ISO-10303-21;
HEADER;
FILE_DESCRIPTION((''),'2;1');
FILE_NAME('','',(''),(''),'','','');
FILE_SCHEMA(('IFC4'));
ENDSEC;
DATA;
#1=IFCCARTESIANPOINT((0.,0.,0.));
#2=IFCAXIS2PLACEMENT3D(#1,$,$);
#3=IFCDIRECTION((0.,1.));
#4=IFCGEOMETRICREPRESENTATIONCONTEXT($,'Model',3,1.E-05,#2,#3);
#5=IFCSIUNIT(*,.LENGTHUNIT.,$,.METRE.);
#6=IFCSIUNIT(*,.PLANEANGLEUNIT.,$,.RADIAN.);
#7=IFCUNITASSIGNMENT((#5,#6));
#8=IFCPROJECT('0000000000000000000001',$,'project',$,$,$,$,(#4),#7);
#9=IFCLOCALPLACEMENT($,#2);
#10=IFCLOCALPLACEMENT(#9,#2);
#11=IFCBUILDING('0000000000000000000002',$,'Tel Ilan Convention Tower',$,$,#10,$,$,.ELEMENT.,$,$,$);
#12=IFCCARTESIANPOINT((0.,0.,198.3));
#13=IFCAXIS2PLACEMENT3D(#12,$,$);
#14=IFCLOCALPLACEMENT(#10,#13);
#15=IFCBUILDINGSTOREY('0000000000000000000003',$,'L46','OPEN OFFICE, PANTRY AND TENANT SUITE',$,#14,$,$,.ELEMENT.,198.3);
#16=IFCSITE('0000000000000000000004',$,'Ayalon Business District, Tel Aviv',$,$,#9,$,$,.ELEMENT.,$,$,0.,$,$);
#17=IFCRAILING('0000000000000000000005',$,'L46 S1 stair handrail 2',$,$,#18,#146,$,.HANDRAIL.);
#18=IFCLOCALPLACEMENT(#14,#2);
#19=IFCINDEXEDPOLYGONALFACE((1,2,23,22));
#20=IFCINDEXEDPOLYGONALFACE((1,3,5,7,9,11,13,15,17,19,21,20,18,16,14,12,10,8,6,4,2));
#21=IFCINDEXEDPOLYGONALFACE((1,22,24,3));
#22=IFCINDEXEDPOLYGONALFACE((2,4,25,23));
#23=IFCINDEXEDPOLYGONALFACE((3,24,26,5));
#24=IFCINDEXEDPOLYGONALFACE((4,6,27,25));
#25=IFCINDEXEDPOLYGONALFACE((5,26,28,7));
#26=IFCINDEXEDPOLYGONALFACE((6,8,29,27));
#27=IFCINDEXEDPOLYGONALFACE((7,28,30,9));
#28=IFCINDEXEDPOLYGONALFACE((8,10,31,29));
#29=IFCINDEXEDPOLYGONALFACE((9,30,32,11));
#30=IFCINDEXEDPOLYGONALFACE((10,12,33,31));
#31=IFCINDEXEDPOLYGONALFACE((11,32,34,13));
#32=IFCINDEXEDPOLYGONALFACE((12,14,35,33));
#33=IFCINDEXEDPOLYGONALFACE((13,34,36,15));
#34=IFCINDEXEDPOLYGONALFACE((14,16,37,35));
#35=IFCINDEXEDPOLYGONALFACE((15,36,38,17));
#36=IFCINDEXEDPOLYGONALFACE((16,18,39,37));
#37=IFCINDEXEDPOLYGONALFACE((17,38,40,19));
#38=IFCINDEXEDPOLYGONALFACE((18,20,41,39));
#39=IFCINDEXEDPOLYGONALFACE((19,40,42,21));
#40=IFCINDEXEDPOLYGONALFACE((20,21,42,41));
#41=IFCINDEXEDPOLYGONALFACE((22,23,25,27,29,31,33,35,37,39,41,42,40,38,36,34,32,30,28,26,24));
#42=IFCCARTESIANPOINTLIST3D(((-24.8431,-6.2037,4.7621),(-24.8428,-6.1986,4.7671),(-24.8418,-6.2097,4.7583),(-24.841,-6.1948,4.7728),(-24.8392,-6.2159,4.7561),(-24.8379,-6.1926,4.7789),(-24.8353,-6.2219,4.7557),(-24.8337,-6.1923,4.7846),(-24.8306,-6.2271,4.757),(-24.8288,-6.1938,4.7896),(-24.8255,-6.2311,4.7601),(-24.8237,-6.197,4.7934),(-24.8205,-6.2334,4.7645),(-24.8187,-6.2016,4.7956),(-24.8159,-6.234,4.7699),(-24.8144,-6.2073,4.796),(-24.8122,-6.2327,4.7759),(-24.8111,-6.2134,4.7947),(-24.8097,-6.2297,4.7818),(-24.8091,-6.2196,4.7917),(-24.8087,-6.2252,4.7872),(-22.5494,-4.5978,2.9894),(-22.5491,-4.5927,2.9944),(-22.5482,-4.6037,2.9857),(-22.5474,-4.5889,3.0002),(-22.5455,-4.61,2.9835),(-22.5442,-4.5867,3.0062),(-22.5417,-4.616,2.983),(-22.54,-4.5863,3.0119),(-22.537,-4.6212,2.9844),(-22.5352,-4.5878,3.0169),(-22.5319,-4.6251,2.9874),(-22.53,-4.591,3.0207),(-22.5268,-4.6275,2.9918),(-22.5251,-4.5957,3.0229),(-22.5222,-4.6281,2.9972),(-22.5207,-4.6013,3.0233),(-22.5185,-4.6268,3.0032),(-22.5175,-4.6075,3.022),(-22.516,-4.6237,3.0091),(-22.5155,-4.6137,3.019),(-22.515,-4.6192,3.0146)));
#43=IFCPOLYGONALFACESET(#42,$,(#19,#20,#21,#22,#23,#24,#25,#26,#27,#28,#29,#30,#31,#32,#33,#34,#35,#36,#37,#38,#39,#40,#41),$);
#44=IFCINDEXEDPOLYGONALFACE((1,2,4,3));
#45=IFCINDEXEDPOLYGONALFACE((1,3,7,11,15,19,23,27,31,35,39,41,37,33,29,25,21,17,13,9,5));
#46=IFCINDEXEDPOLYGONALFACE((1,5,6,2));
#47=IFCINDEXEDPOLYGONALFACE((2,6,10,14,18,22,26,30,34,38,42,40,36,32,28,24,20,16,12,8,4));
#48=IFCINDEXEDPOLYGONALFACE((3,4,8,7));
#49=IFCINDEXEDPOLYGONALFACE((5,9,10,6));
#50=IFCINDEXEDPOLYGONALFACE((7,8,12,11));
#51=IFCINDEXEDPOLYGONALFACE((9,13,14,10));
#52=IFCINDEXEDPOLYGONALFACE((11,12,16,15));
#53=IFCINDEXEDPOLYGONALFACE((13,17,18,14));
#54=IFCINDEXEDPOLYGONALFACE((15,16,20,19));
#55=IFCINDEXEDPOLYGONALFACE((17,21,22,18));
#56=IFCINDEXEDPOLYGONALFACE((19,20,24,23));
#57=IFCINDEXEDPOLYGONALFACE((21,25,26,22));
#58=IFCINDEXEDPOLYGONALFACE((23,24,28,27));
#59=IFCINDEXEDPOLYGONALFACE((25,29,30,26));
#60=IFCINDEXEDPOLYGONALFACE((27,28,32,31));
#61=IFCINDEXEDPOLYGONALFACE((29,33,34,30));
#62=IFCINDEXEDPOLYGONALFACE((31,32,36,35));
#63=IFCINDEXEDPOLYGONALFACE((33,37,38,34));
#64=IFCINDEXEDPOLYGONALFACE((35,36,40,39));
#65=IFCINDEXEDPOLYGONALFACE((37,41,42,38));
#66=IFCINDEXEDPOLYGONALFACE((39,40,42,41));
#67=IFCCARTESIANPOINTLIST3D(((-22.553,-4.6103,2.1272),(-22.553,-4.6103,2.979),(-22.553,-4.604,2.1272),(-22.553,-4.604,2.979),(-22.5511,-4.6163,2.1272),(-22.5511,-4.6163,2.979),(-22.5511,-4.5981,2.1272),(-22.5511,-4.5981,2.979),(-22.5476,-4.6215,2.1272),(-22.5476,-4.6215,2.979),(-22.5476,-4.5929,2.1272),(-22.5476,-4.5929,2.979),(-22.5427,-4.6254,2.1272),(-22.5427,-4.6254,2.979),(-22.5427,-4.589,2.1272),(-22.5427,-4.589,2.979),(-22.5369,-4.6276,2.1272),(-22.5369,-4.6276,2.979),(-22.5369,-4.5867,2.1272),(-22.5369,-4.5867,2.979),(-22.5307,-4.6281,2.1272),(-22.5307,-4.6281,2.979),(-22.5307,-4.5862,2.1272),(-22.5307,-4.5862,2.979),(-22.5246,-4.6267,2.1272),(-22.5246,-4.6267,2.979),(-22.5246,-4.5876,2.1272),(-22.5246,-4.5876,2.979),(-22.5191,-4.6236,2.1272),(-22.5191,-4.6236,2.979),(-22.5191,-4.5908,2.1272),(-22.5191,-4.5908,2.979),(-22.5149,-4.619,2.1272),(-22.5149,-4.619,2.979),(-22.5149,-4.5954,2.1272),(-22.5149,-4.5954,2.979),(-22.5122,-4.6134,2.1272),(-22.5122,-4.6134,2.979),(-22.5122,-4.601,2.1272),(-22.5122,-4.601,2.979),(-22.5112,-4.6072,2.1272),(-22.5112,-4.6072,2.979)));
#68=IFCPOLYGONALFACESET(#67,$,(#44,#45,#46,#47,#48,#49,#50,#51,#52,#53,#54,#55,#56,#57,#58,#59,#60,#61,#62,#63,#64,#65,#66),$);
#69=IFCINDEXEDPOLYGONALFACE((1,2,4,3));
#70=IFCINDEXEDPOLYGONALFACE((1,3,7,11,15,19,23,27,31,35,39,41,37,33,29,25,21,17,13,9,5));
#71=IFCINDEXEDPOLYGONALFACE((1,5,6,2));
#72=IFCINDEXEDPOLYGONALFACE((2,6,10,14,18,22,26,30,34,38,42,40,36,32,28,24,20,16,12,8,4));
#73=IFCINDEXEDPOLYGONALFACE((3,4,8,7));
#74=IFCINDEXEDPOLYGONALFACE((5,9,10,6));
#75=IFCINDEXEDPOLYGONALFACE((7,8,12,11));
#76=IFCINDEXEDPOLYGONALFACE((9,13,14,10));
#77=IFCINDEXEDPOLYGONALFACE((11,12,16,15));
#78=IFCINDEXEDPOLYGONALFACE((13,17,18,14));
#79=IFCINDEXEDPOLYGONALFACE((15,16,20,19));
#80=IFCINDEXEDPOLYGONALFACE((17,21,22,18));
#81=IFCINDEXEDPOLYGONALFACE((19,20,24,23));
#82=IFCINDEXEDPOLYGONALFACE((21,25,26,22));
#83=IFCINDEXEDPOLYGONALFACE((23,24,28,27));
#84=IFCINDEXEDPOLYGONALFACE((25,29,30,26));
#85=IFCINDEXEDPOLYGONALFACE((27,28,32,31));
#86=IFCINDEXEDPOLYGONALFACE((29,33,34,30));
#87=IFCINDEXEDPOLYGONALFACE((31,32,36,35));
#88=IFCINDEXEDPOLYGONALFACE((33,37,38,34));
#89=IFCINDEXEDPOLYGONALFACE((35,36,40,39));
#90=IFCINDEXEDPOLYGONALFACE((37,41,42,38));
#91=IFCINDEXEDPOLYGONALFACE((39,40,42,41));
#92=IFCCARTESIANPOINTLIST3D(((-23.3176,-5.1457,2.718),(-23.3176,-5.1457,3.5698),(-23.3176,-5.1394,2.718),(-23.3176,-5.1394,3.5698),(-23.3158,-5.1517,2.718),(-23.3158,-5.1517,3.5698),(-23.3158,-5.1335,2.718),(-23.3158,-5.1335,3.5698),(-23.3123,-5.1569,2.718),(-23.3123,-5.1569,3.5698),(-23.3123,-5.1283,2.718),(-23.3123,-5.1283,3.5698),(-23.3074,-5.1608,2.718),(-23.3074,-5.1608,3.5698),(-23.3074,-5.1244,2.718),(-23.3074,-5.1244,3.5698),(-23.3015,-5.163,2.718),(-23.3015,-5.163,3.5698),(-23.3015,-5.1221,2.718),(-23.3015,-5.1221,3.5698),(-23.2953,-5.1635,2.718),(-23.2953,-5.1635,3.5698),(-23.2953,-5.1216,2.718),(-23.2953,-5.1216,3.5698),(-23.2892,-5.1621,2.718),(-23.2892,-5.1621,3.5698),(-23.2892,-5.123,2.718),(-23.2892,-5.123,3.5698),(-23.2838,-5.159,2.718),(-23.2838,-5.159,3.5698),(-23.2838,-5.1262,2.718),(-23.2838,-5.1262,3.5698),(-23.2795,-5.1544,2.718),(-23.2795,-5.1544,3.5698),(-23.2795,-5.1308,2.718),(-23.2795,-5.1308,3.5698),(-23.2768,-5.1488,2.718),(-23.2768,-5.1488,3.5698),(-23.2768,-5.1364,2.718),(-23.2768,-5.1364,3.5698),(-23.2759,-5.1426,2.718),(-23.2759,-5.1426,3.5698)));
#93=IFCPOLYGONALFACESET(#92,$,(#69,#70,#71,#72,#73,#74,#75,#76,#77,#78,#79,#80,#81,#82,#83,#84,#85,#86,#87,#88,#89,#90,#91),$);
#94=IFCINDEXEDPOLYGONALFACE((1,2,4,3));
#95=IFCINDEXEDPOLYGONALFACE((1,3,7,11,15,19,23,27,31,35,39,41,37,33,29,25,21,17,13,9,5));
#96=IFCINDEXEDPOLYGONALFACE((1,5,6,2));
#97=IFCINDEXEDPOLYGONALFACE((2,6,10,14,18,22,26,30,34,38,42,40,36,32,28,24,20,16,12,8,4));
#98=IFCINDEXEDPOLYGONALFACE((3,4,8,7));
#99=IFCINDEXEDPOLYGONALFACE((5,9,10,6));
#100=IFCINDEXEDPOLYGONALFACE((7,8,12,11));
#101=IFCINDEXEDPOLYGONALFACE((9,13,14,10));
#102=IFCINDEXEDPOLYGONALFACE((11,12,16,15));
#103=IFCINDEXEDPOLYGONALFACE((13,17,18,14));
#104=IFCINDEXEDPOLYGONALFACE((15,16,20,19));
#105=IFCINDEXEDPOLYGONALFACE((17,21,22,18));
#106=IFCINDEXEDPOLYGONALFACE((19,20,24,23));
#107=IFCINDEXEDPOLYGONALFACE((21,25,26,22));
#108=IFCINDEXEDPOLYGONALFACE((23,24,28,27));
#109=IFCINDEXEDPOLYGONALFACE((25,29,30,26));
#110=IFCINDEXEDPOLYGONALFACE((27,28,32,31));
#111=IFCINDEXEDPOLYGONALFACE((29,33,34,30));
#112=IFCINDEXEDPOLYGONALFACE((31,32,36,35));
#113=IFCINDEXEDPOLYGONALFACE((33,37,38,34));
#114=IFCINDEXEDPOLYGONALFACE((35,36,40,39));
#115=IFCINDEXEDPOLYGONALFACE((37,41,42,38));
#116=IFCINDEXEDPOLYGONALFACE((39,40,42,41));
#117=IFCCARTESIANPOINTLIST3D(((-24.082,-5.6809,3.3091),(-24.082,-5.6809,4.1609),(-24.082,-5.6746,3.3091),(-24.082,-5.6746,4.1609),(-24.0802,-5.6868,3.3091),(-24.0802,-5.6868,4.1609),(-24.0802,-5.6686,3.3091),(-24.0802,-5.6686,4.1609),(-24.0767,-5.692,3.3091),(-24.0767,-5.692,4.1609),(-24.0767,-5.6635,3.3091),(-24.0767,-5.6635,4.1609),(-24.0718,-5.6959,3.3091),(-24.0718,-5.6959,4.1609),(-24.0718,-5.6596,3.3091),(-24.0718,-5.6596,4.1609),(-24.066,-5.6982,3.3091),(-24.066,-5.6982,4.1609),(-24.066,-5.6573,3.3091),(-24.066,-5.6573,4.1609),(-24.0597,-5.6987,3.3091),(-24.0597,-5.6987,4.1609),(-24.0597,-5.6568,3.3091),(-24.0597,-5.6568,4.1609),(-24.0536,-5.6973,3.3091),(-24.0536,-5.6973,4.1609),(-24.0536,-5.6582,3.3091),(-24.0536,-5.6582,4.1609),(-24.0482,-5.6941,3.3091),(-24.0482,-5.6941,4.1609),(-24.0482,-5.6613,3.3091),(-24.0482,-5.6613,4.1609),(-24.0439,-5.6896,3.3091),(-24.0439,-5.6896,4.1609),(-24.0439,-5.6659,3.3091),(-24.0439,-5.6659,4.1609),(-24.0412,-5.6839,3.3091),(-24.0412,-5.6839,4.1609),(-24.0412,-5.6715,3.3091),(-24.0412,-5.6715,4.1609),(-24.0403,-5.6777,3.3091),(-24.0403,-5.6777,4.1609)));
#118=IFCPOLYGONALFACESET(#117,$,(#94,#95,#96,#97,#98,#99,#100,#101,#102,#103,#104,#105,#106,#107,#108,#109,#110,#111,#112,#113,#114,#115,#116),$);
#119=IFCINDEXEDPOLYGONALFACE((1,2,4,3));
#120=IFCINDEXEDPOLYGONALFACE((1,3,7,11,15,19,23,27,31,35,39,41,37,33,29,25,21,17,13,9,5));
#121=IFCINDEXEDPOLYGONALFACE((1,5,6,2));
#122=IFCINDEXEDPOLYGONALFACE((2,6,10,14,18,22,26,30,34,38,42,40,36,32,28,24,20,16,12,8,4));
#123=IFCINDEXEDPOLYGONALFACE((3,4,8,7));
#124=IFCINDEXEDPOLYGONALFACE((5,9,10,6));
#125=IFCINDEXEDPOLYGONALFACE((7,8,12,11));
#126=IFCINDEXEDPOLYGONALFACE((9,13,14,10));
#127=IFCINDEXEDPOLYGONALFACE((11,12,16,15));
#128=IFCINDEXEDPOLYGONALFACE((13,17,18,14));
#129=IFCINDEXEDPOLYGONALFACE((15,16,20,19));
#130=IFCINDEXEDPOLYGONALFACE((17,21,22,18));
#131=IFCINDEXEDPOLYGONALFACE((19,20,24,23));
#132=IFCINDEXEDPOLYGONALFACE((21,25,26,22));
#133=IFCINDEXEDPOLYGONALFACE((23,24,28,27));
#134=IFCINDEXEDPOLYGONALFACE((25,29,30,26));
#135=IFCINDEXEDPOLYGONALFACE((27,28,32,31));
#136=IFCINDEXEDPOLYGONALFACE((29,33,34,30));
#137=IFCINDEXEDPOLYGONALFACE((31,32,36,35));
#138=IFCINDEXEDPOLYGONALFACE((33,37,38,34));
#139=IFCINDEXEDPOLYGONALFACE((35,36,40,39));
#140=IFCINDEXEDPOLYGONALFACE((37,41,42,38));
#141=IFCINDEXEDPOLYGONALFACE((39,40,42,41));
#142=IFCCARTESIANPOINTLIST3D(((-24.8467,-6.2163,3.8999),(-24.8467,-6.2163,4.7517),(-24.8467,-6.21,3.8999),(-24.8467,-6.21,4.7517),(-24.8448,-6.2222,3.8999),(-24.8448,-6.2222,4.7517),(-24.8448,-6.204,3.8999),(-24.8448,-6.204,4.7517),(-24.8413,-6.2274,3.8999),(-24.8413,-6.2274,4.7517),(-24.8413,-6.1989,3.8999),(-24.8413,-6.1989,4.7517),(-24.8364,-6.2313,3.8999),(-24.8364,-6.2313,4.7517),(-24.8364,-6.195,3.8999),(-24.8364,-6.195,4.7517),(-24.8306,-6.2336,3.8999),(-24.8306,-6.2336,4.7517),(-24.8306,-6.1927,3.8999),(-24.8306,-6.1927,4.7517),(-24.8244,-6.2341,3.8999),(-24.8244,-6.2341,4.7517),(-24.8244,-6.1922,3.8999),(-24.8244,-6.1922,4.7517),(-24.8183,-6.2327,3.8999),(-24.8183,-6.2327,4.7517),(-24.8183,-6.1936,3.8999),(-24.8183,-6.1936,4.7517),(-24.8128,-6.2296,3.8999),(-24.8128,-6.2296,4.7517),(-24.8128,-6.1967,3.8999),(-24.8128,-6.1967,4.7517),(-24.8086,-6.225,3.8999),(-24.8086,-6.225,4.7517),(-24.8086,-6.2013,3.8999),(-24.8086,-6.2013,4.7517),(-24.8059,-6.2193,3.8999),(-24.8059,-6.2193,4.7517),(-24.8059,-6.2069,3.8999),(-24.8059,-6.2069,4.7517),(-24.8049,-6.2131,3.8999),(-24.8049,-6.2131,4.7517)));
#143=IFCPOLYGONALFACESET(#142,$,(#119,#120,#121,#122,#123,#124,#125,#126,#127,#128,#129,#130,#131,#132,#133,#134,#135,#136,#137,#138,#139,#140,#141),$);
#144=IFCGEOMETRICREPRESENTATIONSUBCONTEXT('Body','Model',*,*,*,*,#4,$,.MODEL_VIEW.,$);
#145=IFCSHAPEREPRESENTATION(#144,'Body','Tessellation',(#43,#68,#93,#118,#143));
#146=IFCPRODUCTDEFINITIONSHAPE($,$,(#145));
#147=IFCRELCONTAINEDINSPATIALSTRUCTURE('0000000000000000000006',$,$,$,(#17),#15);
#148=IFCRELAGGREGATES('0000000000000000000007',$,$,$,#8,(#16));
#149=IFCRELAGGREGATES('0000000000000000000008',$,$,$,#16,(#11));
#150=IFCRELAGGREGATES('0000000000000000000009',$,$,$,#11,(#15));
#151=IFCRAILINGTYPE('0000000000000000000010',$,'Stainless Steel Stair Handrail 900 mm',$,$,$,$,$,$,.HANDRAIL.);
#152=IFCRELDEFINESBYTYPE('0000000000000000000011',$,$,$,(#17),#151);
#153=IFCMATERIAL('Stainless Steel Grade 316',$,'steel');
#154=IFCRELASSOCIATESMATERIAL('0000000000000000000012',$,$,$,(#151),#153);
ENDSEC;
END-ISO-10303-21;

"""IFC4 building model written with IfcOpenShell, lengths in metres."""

from ifc_helpers import new_model, si_unit, direction, frame, origin, origin_2d, place, context, subcontext, project, spatial, circle, extrude, material, type_object, element, save


model = new_model("IFC4")

# Units and contexts
model_context = context("Model", 3, precision=1e-05, world=origin(), true_north=direction((0.0, 1.0)))
body_context = subcontext(model_context, "Body", "Model", "MODEL_VIEW")
ifc_project = project(units=[si_unit("LENGTHUNIT", "METRE"), si_unit("PLANEANGLEUNIT", "RADIAN")], contexts=[model_context])

# Site, building, storey
site_placement = place(None, origin())
site = spatial("IfcSite", under=ifc_project, at=site_placement, Name="Ayalon Business District, Tel Aviv", CompositionType="ELEMENT", RefElevation=0.0)
building_placement = place(site_placement, origin())
building = spatial("IfcBuilding", under=site, at=building_placement, Name="Tel Ilan Convention Tower", CompositionType="ELEMENT")
storey_placement = place(building_placement, frame((0.0, 0.0, 198.3)))
storey = spatial("IfcBuildingStorey", under=building, at=storey_placement, Name="L46", Description="OPEN OFFICE, PANTRY AND TENANT SUITE", CompositionType="ELEMENT", Elevation=198.3)

# Railing
ifc_material_1 = material(Name="Stainless Steel Grade 316", Category="steel")
railing_type_1 = type_object("IfcRailingType", Name="Stainless Steel Stair Handrail 900 mm", PredefinedType="HANDRAIL", material=ifc_material_1)
railing_1_placement = place(storey_placement, frame((-22.5322, -4.6072, 2.1272)))
element("IfcRailing", 1, at=railing_1_placement, inside=storey, type_object=railing_type_1, Name="L46 S1 stair handrail 2", PredefinedType="HANDRAIL", context=body_context, shape_type="SweptSolid", body=[
    extrude(circle(Radius=0.0239, at=origin_2d()), frame((0.0, 0.0, 0.876), z_axis=(-0.692123, -0.484597, 0.534913), x_axis=(0.57355, -0.81917, 0.0)), (0.0, 0.0, 1.0), 3.314),
    extrude(circle(Radius=0.021, at=origin_2d()), origin(), (0.0, 0.0, 1.0), 0.8518),
    extrude(circle(Radius=0.021, at=origin_2d()), frame((-0.7646, -0.5354, 0.5908)), (0.0, 0.0, 1.0), 0.8518),
    extrude(circle(Radius=0.021, at=origin_2d()), frame((-1.5291, -1.0706, 1.1819)), (0.0, 0.0, 1.0), 0.8518),
    extrude(circle(Radius=0.021, at=origin_2d()), frame((-2.2937, -1.606, 1.7727)), (0.0, 0.0, 1.0), 0.8518),
])

save(model, "model.ifc")
